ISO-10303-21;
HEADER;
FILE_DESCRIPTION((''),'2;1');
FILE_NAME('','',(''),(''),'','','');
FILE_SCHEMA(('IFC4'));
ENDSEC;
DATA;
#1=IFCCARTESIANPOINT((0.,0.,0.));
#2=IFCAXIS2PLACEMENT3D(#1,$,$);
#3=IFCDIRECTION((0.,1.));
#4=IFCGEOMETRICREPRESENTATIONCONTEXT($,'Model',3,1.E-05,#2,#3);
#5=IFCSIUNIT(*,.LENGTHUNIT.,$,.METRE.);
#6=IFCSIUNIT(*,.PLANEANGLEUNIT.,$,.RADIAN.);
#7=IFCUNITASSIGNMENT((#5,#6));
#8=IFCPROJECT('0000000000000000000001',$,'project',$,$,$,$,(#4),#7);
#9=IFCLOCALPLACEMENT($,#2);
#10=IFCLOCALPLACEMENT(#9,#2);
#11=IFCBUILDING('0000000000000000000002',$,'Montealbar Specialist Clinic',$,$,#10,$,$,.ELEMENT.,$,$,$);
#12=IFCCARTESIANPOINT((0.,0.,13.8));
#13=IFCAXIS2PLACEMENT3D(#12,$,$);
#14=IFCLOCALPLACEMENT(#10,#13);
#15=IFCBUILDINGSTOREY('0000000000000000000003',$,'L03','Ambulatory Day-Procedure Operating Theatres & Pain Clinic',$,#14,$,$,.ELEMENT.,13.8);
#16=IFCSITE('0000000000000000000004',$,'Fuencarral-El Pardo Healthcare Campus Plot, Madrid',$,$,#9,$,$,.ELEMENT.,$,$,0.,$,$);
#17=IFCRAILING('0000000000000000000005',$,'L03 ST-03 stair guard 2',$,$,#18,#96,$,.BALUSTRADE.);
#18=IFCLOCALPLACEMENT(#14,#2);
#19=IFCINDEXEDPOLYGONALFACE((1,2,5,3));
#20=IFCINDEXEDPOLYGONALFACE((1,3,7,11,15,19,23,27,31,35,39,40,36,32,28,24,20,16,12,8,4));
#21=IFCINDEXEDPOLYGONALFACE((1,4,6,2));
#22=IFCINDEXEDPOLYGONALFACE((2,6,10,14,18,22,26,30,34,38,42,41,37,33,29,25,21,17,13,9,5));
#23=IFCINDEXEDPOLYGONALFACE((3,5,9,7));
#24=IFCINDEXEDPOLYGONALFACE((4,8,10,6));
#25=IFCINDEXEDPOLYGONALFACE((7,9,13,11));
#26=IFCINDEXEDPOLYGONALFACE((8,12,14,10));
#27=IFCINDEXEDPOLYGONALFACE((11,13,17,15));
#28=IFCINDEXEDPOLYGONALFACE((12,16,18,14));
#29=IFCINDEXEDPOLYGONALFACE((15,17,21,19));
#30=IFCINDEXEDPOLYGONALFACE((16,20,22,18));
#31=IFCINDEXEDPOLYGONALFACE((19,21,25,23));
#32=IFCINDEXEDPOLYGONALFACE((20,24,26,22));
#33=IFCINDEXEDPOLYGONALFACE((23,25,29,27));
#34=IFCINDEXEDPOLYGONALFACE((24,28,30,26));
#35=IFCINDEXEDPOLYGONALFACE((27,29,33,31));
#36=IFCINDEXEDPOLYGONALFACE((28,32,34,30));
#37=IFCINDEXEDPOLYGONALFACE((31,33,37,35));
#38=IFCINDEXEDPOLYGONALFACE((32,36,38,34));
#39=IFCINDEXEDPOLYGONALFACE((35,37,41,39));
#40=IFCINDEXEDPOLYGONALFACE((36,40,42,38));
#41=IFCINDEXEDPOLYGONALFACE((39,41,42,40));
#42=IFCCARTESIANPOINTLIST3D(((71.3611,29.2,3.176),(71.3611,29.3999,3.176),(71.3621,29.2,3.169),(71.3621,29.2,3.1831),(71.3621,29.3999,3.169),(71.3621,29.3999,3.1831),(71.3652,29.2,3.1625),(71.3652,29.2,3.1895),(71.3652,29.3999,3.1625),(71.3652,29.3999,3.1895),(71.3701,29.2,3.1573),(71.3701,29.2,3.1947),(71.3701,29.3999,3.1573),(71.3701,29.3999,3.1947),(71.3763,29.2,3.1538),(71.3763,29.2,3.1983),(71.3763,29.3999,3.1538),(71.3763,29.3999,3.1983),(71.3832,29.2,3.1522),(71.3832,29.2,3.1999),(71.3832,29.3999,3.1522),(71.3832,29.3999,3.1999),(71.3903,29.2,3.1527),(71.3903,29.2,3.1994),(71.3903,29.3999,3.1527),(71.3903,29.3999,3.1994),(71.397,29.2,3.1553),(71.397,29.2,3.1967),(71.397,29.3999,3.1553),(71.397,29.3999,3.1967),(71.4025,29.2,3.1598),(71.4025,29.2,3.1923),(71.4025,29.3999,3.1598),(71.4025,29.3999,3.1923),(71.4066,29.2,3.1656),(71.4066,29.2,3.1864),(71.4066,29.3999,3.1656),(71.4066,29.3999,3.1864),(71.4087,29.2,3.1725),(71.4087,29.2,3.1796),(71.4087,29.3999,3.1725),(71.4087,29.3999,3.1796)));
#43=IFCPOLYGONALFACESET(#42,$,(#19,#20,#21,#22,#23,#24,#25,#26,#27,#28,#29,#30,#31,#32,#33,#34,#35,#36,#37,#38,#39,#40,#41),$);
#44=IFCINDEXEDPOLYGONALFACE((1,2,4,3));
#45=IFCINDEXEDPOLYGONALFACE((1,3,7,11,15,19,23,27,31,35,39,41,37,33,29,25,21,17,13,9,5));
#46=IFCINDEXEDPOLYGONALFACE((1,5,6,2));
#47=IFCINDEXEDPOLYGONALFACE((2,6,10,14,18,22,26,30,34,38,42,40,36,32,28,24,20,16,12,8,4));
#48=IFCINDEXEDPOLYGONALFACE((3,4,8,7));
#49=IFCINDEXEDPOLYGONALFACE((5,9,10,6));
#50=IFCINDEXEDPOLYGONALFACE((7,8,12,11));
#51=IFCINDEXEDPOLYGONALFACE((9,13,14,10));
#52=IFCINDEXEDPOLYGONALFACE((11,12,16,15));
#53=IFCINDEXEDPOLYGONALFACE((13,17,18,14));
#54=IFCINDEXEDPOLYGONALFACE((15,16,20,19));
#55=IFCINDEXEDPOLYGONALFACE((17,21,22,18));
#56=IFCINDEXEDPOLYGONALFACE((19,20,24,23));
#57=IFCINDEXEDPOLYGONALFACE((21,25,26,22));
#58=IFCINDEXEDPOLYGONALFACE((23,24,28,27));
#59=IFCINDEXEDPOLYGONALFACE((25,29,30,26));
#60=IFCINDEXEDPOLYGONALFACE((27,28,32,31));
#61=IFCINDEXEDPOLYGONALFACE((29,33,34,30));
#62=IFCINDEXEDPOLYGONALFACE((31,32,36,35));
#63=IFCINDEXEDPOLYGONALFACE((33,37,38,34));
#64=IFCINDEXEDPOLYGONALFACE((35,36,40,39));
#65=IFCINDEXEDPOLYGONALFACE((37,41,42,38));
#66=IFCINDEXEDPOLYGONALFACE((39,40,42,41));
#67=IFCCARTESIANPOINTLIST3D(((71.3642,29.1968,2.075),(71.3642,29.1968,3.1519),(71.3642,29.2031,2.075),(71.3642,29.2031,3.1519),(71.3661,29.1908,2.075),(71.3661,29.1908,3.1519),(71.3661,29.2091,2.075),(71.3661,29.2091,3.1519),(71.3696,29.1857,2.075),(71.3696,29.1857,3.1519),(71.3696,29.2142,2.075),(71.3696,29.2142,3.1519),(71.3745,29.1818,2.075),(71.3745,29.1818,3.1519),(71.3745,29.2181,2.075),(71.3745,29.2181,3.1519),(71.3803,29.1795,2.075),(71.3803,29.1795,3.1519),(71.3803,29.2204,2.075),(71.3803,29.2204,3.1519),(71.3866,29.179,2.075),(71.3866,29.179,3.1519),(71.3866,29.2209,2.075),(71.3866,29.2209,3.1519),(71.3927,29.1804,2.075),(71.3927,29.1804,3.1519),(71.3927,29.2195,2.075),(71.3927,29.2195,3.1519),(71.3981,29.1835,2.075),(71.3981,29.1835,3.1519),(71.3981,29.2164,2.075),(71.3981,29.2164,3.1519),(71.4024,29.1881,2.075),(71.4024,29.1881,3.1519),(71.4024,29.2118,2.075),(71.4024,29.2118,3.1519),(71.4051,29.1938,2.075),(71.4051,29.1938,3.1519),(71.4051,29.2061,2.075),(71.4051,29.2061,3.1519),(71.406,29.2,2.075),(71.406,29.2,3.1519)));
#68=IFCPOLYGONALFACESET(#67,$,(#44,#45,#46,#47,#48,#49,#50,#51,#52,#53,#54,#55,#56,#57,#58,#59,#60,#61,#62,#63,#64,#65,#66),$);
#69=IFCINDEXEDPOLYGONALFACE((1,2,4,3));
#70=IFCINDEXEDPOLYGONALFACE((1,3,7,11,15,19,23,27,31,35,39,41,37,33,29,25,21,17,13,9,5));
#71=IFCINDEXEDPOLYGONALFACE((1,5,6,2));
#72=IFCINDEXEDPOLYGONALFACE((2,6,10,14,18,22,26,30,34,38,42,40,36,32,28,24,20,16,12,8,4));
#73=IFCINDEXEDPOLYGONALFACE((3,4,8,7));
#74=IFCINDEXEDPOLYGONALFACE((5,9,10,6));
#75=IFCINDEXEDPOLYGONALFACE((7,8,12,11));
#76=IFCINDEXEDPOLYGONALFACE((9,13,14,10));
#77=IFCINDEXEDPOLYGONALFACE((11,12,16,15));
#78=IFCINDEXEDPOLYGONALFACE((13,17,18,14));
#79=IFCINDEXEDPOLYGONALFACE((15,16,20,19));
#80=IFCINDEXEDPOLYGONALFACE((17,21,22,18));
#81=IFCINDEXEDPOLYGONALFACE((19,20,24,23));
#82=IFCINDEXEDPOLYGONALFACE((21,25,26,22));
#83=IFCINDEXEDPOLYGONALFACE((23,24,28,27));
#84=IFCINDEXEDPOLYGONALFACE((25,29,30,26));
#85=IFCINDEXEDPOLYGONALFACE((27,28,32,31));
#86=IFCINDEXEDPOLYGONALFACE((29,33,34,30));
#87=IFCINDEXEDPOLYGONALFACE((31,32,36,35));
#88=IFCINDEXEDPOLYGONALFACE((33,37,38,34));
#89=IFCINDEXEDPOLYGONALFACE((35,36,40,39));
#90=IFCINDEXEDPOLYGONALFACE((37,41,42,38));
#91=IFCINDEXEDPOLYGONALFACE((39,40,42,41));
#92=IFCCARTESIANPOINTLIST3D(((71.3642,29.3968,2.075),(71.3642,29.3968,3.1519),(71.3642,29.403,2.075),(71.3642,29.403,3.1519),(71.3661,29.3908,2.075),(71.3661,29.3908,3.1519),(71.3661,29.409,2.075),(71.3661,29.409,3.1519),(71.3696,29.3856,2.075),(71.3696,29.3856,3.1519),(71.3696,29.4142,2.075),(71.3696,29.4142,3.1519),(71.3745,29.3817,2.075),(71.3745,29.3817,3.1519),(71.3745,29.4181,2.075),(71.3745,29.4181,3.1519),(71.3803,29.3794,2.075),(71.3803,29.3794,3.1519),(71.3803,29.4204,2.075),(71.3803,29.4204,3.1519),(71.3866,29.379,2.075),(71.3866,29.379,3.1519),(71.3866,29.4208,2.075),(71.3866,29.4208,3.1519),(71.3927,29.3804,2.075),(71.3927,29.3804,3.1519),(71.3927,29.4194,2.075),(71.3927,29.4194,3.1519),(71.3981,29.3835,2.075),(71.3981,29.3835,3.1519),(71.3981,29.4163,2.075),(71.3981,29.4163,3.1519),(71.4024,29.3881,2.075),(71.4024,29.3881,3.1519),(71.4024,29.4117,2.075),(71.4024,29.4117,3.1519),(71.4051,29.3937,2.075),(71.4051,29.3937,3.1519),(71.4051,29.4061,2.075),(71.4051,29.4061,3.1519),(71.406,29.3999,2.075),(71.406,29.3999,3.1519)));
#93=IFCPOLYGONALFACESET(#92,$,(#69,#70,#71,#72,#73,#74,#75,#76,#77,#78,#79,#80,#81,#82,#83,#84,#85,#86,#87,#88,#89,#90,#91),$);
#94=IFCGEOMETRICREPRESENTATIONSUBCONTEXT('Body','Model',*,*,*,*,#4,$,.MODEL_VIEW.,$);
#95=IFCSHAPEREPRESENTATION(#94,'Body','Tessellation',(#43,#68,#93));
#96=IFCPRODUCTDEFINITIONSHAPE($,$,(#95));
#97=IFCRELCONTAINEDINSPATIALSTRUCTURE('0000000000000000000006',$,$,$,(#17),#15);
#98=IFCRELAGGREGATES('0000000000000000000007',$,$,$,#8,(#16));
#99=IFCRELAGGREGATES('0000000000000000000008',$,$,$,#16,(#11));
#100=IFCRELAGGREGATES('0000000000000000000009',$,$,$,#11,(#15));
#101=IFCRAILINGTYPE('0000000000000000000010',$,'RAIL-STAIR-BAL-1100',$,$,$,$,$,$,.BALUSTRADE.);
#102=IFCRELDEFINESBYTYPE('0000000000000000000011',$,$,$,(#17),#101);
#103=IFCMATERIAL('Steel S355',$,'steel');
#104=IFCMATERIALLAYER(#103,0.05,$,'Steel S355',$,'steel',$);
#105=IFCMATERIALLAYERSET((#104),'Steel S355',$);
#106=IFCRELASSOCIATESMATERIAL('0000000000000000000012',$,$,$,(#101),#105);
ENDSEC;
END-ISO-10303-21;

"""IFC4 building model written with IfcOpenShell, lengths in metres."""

from ifc_helpers import new_model, si_unit, direction, frame, origin, origin_2d, place, context, subcontext, project, spatial, circle, extrude, material, layer, layer_set, type_object, element, save


model = new_model("IFC4")

# Units and contexts
model_context = context("Model", 3, precision=1e-05, world=origin(), true_north=direction((0.0, 1.0)))
body_context = subcontext(model_context, "Body", "Model", "MODEL_VIEW")
ifc_project = project(units=[si_unit("LENGTHUNIT", "METRE"), si_unit("PLANEANGLEUNIT", "RADIAN")], contexts=[model_context])

# Site, building, storey
site_placement = place(None, origin())
site = spatial("IfcSite", under=ifc_project, at=site_placement, Name="Fuencarral-El Pardo Healthcare Campus Plot, Madrid", CompositionType="ELEMENT", RefElevation=0.0)
building_placement = place(site_placement, origin())
building = spatial("IfcBuilding", under=site, at=building_placement, Name="Montealbar Specialist Clinic", CompositionType="ELEMENT")
storey_placement = place(building_placement, frame((0.0, 0.0, 13.8)))
storey = spatial("IfcBuildingStorey", under=building, at=storey_placement, Name="L03", Description="Ambulatory Day-Procedure Operating Theatres & Pain Clinic", CompositionType="ELEMENT", Elevation=13.8)

# Shared definitions
ifc_material_1 = material(Name="Steel S355", Category="steel")

# Railing
ifc_layer_1 = layer(ifc_material_1, 0.05, Name="Steel S355", Category="steel")
ifc_layer_set_1 = layer_set([ifc_layer_1], Name="Steel S355")
railing_type_1 = type_object("IfcRailingType", Name="RAIL-STAIR-BAL-1100", PredefinedType="BALUSTRADE", material=ifc_layer_set_1)
railing_1_placement = place(storey_placement, frame((71.385, 29.2, 2.0999)))
element("IfcRailing", 1, at=railing_1_placement, inside=storey, type_object=railing_type_1, Name="L03 ST-03 stair guard 2", PredefinedType="BALUSTRADE", context=body_context, shape_type="SweptSolid", body=[
    extrude(circle(Radius=0.0239, at=origin_2d()), frame((0.0, 0.0, 1.0762), z_axis=(0.0, 1.0, 0.0), x_axis=(-1.0, 0.0, 0.0)), (0.0, 0.0, 1.0), 0.2),
    extrude(circle(Radius=0.021, at=origin_2d()), frame((0.0, 0.0, -0.0249)), (0.0, 0.0, 1.0), 1.0769),
    extrude(circle(Radius=0.021, at=origin_2d()), frame((0.0, 0.2, -0.0249)), (0.0, 0.0, 1.0), 1.0769),
])

save(model, "model.ifc")
